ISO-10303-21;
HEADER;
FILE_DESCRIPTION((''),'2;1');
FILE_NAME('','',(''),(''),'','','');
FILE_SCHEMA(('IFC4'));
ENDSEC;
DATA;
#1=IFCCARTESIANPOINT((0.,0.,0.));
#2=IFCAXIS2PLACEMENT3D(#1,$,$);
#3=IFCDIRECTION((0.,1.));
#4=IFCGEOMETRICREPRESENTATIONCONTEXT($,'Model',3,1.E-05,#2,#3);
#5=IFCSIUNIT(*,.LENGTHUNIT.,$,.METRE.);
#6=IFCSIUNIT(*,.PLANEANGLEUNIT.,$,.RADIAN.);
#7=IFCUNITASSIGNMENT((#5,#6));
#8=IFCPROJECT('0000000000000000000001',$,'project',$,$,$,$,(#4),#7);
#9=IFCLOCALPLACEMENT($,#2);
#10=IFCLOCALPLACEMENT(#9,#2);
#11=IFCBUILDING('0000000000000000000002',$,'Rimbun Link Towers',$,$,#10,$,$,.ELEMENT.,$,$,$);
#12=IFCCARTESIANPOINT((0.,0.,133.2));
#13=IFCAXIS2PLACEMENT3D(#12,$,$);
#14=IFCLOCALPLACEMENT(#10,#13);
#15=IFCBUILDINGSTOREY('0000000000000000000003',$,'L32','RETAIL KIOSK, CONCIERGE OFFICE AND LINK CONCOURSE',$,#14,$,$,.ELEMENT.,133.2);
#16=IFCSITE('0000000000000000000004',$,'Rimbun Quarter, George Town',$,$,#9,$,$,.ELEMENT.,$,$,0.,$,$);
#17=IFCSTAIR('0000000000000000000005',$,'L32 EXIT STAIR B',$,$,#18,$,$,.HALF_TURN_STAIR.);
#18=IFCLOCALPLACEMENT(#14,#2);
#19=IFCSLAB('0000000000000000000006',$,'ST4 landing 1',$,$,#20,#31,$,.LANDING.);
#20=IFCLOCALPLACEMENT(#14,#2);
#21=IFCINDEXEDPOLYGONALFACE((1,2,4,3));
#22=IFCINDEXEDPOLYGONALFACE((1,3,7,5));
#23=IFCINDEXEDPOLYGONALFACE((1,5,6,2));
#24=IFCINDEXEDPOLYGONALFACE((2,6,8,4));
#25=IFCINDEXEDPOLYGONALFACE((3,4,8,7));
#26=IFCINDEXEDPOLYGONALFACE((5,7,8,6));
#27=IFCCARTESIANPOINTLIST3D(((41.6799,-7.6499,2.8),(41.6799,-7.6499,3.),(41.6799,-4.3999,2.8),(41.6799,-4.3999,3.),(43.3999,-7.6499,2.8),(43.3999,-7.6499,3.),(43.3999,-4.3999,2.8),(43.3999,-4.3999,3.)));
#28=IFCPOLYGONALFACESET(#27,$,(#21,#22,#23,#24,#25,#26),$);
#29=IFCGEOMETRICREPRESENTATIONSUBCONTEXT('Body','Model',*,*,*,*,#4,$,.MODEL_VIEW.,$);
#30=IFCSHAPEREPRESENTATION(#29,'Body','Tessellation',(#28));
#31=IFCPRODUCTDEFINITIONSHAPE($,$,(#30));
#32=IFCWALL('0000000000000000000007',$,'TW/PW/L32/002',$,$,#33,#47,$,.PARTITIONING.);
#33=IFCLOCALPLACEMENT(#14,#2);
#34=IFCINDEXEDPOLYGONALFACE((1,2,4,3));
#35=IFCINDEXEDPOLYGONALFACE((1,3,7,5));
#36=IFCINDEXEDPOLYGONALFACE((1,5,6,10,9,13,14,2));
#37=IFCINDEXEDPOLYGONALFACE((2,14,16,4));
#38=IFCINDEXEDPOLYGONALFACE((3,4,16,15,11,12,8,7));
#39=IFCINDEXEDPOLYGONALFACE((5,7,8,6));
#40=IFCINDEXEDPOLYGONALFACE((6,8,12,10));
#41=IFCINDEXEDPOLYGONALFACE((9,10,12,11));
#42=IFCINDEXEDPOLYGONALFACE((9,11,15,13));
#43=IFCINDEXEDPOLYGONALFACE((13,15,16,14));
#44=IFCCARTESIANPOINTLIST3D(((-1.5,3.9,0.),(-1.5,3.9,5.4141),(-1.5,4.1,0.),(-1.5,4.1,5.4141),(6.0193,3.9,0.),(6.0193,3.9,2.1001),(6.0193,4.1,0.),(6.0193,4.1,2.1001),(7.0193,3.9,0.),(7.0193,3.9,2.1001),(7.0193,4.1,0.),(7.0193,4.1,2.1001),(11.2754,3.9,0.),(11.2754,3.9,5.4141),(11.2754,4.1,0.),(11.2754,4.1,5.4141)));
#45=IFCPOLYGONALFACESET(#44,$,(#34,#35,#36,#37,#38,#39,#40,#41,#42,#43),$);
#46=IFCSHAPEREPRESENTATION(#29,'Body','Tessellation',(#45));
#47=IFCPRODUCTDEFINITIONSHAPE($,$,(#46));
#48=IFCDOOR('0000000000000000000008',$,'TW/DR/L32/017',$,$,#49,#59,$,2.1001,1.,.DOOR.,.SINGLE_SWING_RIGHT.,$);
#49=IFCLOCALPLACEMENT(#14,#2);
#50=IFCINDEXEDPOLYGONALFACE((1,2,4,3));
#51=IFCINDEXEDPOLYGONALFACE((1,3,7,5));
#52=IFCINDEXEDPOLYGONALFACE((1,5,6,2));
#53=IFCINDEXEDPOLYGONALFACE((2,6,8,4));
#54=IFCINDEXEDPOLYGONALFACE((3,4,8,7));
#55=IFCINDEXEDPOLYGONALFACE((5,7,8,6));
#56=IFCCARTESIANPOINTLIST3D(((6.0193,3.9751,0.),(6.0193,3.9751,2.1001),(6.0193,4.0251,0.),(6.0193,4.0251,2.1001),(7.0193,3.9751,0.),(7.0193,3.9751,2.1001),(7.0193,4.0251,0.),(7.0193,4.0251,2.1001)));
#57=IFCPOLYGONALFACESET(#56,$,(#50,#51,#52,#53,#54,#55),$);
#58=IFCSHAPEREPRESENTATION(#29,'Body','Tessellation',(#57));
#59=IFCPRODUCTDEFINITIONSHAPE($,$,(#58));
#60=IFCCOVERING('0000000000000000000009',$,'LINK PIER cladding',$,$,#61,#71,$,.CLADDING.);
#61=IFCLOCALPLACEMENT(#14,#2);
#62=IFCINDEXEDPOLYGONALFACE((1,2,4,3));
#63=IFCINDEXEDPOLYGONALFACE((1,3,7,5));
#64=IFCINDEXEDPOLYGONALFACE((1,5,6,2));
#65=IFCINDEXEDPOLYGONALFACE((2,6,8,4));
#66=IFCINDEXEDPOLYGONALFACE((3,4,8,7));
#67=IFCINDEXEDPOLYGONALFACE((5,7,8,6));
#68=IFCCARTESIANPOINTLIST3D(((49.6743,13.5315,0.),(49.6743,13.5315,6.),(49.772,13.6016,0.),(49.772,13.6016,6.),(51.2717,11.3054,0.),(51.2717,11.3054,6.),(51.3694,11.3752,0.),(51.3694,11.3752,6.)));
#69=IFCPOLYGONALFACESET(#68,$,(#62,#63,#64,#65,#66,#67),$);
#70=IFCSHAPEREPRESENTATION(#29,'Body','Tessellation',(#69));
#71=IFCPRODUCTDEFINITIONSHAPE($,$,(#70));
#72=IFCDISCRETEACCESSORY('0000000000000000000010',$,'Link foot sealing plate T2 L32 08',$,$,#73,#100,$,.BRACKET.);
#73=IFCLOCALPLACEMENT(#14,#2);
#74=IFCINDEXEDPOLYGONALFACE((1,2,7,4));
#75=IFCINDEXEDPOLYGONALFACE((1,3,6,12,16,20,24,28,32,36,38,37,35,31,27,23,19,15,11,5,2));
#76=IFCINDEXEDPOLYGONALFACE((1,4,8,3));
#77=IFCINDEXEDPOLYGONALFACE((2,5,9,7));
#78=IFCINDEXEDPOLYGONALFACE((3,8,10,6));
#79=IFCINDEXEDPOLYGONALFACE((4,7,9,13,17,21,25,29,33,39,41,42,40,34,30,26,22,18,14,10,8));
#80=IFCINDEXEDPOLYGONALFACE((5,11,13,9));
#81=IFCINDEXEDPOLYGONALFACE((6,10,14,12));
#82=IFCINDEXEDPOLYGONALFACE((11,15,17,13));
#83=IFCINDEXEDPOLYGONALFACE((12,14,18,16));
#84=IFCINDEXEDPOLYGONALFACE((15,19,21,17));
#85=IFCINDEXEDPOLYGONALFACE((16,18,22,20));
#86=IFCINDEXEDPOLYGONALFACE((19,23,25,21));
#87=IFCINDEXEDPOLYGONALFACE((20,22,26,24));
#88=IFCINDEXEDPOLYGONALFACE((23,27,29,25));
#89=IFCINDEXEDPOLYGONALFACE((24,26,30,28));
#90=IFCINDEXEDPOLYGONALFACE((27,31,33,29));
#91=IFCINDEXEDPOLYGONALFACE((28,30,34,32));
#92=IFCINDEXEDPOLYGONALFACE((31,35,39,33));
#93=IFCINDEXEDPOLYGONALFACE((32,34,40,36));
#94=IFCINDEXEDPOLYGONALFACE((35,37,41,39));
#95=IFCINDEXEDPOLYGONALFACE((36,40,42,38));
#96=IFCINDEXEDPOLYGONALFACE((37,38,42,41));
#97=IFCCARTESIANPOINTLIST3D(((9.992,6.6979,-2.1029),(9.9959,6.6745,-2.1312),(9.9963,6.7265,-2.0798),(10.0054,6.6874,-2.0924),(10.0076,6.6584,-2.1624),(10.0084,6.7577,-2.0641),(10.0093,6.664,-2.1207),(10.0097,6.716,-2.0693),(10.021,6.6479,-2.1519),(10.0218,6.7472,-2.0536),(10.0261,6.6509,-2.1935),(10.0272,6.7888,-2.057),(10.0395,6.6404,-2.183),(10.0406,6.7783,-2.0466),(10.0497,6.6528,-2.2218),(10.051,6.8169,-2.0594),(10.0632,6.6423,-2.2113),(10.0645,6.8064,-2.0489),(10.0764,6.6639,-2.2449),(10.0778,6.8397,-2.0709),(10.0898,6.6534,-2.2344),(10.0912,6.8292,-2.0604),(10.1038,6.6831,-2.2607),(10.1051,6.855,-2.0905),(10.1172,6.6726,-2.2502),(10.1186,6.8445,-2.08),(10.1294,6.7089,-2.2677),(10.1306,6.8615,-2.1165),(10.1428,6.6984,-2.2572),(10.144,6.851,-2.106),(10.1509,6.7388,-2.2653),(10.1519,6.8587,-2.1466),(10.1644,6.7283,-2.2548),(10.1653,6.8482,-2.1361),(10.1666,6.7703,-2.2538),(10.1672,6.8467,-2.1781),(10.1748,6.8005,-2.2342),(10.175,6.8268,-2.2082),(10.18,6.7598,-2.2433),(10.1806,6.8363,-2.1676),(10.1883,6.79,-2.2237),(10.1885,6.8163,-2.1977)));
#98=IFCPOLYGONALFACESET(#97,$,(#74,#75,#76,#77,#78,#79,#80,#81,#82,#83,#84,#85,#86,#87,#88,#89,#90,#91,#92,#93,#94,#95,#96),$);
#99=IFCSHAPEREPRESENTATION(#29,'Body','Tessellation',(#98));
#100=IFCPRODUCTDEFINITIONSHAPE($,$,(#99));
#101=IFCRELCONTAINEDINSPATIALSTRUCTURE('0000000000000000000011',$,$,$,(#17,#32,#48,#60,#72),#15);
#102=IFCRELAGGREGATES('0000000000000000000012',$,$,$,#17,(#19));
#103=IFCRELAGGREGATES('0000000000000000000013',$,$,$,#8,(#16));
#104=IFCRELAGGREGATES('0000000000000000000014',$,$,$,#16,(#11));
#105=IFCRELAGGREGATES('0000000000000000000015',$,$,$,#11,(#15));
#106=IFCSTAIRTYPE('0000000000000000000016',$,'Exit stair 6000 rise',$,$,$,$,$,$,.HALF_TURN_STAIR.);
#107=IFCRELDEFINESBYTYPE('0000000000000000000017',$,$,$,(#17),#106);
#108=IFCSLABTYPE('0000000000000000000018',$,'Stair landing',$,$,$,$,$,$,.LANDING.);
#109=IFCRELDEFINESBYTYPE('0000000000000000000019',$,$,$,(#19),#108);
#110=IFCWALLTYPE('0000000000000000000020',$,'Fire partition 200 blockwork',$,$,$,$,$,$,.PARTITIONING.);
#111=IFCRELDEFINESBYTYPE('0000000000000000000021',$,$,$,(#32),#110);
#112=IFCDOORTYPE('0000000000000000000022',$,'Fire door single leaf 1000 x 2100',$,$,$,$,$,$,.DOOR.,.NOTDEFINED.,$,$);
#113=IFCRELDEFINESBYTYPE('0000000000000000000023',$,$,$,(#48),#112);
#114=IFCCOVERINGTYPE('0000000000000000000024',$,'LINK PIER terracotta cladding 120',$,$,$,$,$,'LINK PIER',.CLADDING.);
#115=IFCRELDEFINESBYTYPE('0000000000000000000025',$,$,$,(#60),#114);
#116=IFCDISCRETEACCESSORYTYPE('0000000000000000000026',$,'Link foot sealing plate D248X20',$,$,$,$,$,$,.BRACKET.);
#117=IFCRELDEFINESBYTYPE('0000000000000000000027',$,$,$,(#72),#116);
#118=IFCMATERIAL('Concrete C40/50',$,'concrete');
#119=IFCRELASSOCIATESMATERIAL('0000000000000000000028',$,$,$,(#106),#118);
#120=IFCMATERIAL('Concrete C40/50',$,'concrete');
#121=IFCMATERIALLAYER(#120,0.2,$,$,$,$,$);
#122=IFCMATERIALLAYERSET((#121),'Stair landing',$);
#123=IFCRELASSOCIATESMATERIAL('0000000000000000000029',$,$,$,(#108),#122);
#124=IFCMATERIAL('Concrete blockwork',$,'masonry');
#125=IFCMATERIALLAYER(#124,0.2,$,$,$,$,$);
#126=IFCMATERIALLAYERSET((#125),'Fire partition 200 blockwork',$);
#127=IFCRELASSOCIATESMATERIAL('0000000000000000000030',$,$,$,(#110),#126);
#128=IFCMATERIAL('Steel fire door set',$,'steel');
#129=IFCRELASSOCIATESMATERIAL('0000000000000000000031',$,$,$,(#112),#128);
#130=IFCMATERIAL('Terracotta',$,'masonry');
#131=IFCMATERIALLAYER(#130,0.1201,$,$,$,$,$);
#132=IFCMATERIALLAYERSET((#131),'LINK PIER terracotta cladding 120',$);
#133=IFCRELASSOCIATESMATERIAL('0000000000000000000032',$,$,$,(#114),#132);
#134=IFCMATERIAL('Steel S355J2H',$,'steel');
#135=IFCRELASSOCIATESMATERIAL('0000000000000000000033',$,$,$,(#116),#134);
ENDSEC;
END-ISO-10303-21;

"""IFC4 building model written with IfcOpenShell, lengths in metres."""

from ifc_helpers import new_model, si_unit, direction, frame, frame_2d, origin, origin_2d, place, context, subcontext, project, spatial, polyline, rectangle, circle, outline, extrude, material, layer, layer_set, material_profile, profile_set, type_object, element, fill, aggregate, save


model = new_model("IFC4")

# Units and contexts
model_context = context("Model", 3, precision=1e-05, world=origin(), true_north=direction((0.0, 1.0)))
body_context = subcontext(model_context, "Body", "Model", "MODEL_VIEW")
ifc_project = project(units=[si_unit("LENGTHUNIT", "METRE"), si_unit("PLANEANGLEUNIT", "RADIAN")], contexts=[model_context])

# Site, building, storey
site_placement = place(None, origin())
site = spatial("IfcSite", under=ifc_project, at=site_placement, Name="Rimbun Quarter, George Town", CompositionType="ELEMENT", RefElevation=0.0)
building_placement = place(site_placement, origin())
building = spatial("IfcBuilding", under=site, at=building_placement, Name="Rimbun Link Towers", CompositionType="ELEMENT")
storey_placement = place(building_placement, frame((0.0, 0.0, 133.2)))
storey = spatial("IfcBuildingStorey", under=building, at=storey_placement, Name="L32", Description="RETAIL KIOSK, CONCIERGE OFFICE AND LINK CONCOURSE", CompositionType="ELEMENT", Elevation=133.2)

# Stair, slab
ifc_material_1 = material(Name="Concrete C40/50", Category="concrete")
stair_type = type_object("IfcStairType", Name="Exit stair 6000 rise", PredefinedType="HALF_TURN_STAIR", material=ifc_material_1)
ifc_material_2 = material(Name="Concrete C40/50", Category="concrete")
ifc_layer_1 = layer(ifc_material_2, 0.2)
ifc_layer_set_1 = layer_set([ifc_layer_1], Name="Stair landing")
slab_type = type_object("IfcSlabType", Name="Stair landing", PredefinedType="LANDING", material=ifc_layer_set_1)
stair_1_placement = place(storey_placement, origin())
stair_1 = element("IfcStair", 1, at=stair_1_placement, inside=storey, type_object=stair_type, Name="L32 EXIT STAIR B", PredefinedType="HALF_TURN_STAIR")
slab_1_placement = place(storey_placement, frame((0.0, 0.0, 2.8)))
slab_1 = element("IfcSlab", 2, at=slab_1_placement, type_object=slab_type, Name="ST4 landing 1", PredefinedType="LANDING", context=body_context, shape_type="SweptSolid", body=[
    extrude(outline(polyline([(41.6799, -7.6499), (43.3999, -7.6499), (43.3999, -4.3999), (41.6799, -4.3999), (41.6799, -7.6499)])), origin(), (0.0, 0.0, 1.0), 0.2),
])
aggregate(stair_1, [slab_1])

# Wall, opening, door
ifc_material_3 = material(Name="Concrete blockwork", Category="masonry")
ifc_layer_2 = layer(ifc_material_3, 0.2)
ifc_layer_set_2 = layer_set([ifc_layer_2], Name="Fire partition 200 blockwork")
wall_type = type_object("IfcWallType", Name="Fire partition 200 blockwork", PredefinedType="PARTITIONING", material=ifc_layer_set_2)
wall_placement = place(storey_placement, frame((11.2754, 4.0, 0.0), z_axis=(0.0, 0.0, 1.0), x_axis=(-1.0, 0.0, 0.0)))
wall = element("IfcWall", 3, at=wall_placement, inside=storey, type_object=wall_type, Name="TW/PW/L32/002", PredefinedType="PARTITIONING", context=body_context, shape_type="SweptSolid", body=[
    extrude(rectangle(XDim=12.7754, YDim=0.2, at=frame_2d((6.3877, 0.0))), origin(), (0.0, 0.0, 1.0), 5.4141),
])
opening_placement = place(wall_placement, frame((4.2561, 0.0, 0.0)))
opening = element("IfcOpeningElement", 4, at=opening_placement, cuts=wall, PredefinedType="OPENING", context=body_context, shape_type="SweptSolid", body=[
    extrude(rectangle(XDim=1.0, YDim=2.1001, at=frame_2d((0.5, 1.05))), frame((0.0, 0.1099, 0.0), z_axis=(0.0, -1.0, 0.0), x_axis=(1.0, 0.0, 0.0)), (0.0, 0.0, 1.0), 0.22),
])
ifc_material_4 = material(Name="Steel fire door set", Category="steel")
door_type = type_object("IfcDoorType", Name="Fire door single leaf 1000 x 2100", OperationType="NOTDEFINED", PredefinedType="DOOR", material=ifc_material_4)
door_placement = place(opening_placement, origin())
door = element("IfcDoor", 5, at=door_placement, inside=storey, type_object=door_type, Name="TW/DR/L32/017", OperationType="SINGLE_SWING_RIGHT", OverallHeight=2.1001, OverallWidth=1.0, PredefinedType="DOOR", context=body_context, shape_type="SweptSolid", body=[
    extrude(rectangle(XDim=1.0, YDim=2.1001, at=frame_2d((0.5, 1.05))), frame((0.0, 0.0249, 0.0), z_axis=(0.0, -1.0, 0.0), x_axis=(1.0, 0.0, 0.0)), (0.0, 0.0, 1.0), 0.05),
])
fill(opening, door)

# Covering
ifc_material_5 = material(Name="Terracotta", Category="masonry")
ifc_layer_3 = layer(ifc_material_5, 0.1201)
ifc_layer_set_3 = layer_set([ifc_layer_3], Name="LINK PIER terracotta cladding 120")
covering_type = type_object("IfcCoveringType", Name="LINK PIER terracotta cladding 120", ElementType="LINK PIER", PredefinedType="CLADDING", material=ifc_layer_set_3)
covering_placement = place(storey_placement, origin())
element("IfcCovering", 6, at=covering_placement, inside=storey, type_object=covering_type, Name="LINK PIER cladding", PredefinedType="CLADDING", context=body_context, shape_type="SweptSolid", body=[
    extrude(outline(polyline([(49.6743, 13.5315), (51.2717, 11.3054), (51.3694, 11.3752), (49.772, 13.6016), (49.6743, 13.5315)])), origin(), (0.0, 0.0, 1.0), 6.0),
])

# Discrete accessory
ifc_material_6 = material(Name="Steel S355J2H", Category="steel")
ifc_material_profile_1 = material_profile(ifc_material_6, circle(Radius=0.124, at=origin_2d()), Name="PL D248")
ifc_profile_set_1 = profile_set([ifc_material_profile_1], Name="Steel S355J2H")
discrete_accessory_type = type_object("IfcDiscreteAccessoryType", Name="Link foot sealing plate D248X20", PredefinedType="BRACKET", material=ifc_profile_set_1)
discrete_accessory_placement = place(storey_placement, frame((10.0974, 6.7456, -2.1519), z_axis=(-0.670782, 0.524429, -0.524429), x_axis=(-0.615922, -0.787807, 0.0)))
element("IfcDiscreteAccessory", 7, at=discrete_accessory_placement, inside=storey, type_object=discrete_accessory_type, Name="Link foot sealing plate T2 L32 08", PredefinedType="BRACKET", context=body_context, shape_type="SweptSolid", body=[
    extrude(circle(Radius=0.124, at=origin_2d()), origin(), (0.0, 0.0, 1.0), 0.02),
])

save(model, "model.ifc")
